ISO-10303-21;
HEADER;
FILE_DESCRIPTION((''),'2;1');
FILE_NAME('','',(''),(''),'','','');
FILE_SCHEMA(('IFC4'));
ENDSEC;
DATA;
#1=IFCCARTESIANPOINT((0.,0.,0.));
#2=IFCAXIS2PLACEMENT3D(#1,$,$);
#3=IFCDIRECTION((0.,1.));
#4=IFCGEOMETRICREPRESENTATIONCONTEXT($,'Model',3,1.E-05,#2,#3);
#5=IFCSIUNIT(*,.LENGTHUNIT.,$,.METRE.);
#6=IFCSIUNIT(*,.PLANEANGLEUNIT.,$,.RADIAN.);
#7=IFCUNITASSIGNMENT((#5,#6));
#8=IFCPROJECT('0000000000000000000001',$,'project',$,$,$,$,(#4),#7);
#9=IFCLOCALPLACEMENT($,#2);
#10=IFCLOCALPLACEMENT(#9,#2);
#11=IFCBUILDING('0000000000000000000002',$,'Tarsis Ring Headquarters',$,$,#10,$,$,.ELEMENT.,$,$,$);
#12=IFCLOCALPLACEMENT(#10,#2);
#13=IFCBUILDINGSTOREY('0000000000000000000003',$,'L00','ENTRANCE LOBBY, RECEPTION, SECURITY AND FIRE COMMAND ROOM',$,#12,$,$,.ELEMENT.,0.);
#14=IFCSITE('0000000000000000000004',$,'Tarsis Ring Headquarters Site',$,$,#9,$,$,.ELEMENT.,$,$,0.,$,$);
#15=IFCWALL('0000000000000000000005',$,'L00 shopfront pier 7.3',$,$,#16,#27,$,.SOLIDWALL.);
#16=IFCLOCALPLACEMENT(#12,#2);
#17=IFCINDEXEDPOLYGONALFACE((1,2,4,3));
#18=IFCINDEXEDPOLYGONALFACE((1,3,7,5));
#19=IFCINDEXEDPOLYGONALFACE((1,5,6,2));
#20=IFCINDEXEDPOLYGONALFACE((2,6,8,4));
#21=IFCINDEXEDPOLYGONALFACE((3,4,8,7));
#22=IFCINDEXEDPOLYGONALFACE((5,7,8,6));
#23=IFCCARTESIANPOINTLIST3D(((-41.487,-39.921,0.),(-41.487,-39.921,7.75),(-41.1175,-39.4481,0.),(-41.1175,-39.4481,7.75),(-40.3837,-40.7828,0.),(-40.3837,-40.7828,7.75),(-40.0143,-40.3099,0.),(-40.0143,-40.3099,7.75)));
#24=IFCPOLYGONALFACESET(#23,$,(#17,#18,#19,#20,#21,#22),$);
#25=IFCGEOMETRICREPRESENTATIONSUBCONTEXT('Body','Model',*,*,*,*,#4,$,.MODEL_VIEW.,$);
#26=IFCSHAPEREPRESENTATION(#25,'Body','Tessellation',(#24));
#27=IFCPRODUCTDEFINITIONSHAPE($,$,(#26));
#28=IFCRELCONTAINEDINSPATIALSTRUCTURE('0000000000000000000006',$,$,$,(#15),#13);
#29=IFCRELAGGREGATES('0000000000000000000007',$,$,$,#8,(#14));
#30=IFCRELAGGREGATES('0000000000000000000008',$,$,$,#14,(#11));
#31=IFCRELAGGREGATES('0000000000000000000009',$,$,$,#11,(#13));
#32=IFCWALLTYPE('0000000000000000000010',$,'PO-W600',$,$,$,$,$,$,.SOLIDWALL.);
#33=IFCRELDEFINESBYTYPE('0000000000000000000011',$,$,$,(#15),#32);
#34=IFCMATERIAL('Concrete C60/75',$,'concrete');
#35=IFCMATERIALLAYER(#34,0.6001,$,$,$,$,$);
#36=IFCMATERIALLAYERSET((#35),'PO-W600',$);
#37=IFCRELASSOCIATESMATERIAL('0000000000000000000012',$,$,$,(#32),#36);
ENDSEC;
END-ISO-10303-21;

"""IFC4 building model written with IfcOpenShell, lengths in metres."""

from ifc_helpers import new_model, si_unit, direction, frame, frame_2d, origin, place, context, subcontext, project, spatial, rectangle, extrude, material, layer, layer_set, type_object, element, save


model = new_model("IFC4")

# Units and contexts
model_context = context("Model", 3, precision=1e-05, world=origin(), true_north=direction((0.0, 1.0)))
body_context = subcontext(model_context, "Body", "Model", "MODEL_VIEW")
ifc_project = project(units=[si_unit("LENGTHUNIT", "METRE"), si_unit("PLANEANGLEUNIT", "RADIAN")], contexts=[model_context])

# Site, building, storey
site_placement = place(None, origin())
site = spatial("IfcSite", under=ifc_project, at=site_placement, Name="Tarsis Ring Headquarters Site", CompositionType="ELEMENT", RefElevation=0.0)
building_placement = place(site_placement, origin())
building = spatial("IfcBuilding", under=site, at=building_placement, Name="Tarsis Ring Headquarters", CompositionType="ELEMENT")
storey_placement = place(building_placement, origin())
storey = spatial("IfcBuildingStorey", under=building, at=storey_placement, Name="L00", Description="ENTRANCE LOBBY, RECEPTION, SECURITY AND FIRE COMMAND ROOM", CompositionType="ELEMENT", Elevation=0.0)

# Wall
ifc_material_1 = material(Name="Concrete C60/75", Category="concrete")
ifc_layer = layer(ifc_material_1, 0.6001)
ifc_layer_set = layer_set([ifc_layer], Name="PO-W600")
wall_type = type_object("IfcWallType", Name="PO-W600", PredefinedType="SOLIDWALL", material=ifc_layer_set)
for number, where, z_axis, x_axis, name in (
    (1, (-41.3022, -39.6846, 0.0), (0.0, 0.0, 1.0), (0.788064, -0.615593, 0.0), "L00 shopfront pier 7.3"),
):
    element("IfcWall", number, at=place(storey_placement, frame(where, z_axis=z_axis, x_axis=x_axis)), inside=storey, type_object=wall_type, Name=name, PredefinedType="SOLIDWALL", context=body_context, shape_type="SweptSolid", body=[
        extrude(rectangle(XDim=1.3999, YDim=0.6001, at=frame_2d((0.7, 0.0))), origin(), (0.0, 0.0, 1.0), 7.75),
    ])

save(model, "model.ifc")
